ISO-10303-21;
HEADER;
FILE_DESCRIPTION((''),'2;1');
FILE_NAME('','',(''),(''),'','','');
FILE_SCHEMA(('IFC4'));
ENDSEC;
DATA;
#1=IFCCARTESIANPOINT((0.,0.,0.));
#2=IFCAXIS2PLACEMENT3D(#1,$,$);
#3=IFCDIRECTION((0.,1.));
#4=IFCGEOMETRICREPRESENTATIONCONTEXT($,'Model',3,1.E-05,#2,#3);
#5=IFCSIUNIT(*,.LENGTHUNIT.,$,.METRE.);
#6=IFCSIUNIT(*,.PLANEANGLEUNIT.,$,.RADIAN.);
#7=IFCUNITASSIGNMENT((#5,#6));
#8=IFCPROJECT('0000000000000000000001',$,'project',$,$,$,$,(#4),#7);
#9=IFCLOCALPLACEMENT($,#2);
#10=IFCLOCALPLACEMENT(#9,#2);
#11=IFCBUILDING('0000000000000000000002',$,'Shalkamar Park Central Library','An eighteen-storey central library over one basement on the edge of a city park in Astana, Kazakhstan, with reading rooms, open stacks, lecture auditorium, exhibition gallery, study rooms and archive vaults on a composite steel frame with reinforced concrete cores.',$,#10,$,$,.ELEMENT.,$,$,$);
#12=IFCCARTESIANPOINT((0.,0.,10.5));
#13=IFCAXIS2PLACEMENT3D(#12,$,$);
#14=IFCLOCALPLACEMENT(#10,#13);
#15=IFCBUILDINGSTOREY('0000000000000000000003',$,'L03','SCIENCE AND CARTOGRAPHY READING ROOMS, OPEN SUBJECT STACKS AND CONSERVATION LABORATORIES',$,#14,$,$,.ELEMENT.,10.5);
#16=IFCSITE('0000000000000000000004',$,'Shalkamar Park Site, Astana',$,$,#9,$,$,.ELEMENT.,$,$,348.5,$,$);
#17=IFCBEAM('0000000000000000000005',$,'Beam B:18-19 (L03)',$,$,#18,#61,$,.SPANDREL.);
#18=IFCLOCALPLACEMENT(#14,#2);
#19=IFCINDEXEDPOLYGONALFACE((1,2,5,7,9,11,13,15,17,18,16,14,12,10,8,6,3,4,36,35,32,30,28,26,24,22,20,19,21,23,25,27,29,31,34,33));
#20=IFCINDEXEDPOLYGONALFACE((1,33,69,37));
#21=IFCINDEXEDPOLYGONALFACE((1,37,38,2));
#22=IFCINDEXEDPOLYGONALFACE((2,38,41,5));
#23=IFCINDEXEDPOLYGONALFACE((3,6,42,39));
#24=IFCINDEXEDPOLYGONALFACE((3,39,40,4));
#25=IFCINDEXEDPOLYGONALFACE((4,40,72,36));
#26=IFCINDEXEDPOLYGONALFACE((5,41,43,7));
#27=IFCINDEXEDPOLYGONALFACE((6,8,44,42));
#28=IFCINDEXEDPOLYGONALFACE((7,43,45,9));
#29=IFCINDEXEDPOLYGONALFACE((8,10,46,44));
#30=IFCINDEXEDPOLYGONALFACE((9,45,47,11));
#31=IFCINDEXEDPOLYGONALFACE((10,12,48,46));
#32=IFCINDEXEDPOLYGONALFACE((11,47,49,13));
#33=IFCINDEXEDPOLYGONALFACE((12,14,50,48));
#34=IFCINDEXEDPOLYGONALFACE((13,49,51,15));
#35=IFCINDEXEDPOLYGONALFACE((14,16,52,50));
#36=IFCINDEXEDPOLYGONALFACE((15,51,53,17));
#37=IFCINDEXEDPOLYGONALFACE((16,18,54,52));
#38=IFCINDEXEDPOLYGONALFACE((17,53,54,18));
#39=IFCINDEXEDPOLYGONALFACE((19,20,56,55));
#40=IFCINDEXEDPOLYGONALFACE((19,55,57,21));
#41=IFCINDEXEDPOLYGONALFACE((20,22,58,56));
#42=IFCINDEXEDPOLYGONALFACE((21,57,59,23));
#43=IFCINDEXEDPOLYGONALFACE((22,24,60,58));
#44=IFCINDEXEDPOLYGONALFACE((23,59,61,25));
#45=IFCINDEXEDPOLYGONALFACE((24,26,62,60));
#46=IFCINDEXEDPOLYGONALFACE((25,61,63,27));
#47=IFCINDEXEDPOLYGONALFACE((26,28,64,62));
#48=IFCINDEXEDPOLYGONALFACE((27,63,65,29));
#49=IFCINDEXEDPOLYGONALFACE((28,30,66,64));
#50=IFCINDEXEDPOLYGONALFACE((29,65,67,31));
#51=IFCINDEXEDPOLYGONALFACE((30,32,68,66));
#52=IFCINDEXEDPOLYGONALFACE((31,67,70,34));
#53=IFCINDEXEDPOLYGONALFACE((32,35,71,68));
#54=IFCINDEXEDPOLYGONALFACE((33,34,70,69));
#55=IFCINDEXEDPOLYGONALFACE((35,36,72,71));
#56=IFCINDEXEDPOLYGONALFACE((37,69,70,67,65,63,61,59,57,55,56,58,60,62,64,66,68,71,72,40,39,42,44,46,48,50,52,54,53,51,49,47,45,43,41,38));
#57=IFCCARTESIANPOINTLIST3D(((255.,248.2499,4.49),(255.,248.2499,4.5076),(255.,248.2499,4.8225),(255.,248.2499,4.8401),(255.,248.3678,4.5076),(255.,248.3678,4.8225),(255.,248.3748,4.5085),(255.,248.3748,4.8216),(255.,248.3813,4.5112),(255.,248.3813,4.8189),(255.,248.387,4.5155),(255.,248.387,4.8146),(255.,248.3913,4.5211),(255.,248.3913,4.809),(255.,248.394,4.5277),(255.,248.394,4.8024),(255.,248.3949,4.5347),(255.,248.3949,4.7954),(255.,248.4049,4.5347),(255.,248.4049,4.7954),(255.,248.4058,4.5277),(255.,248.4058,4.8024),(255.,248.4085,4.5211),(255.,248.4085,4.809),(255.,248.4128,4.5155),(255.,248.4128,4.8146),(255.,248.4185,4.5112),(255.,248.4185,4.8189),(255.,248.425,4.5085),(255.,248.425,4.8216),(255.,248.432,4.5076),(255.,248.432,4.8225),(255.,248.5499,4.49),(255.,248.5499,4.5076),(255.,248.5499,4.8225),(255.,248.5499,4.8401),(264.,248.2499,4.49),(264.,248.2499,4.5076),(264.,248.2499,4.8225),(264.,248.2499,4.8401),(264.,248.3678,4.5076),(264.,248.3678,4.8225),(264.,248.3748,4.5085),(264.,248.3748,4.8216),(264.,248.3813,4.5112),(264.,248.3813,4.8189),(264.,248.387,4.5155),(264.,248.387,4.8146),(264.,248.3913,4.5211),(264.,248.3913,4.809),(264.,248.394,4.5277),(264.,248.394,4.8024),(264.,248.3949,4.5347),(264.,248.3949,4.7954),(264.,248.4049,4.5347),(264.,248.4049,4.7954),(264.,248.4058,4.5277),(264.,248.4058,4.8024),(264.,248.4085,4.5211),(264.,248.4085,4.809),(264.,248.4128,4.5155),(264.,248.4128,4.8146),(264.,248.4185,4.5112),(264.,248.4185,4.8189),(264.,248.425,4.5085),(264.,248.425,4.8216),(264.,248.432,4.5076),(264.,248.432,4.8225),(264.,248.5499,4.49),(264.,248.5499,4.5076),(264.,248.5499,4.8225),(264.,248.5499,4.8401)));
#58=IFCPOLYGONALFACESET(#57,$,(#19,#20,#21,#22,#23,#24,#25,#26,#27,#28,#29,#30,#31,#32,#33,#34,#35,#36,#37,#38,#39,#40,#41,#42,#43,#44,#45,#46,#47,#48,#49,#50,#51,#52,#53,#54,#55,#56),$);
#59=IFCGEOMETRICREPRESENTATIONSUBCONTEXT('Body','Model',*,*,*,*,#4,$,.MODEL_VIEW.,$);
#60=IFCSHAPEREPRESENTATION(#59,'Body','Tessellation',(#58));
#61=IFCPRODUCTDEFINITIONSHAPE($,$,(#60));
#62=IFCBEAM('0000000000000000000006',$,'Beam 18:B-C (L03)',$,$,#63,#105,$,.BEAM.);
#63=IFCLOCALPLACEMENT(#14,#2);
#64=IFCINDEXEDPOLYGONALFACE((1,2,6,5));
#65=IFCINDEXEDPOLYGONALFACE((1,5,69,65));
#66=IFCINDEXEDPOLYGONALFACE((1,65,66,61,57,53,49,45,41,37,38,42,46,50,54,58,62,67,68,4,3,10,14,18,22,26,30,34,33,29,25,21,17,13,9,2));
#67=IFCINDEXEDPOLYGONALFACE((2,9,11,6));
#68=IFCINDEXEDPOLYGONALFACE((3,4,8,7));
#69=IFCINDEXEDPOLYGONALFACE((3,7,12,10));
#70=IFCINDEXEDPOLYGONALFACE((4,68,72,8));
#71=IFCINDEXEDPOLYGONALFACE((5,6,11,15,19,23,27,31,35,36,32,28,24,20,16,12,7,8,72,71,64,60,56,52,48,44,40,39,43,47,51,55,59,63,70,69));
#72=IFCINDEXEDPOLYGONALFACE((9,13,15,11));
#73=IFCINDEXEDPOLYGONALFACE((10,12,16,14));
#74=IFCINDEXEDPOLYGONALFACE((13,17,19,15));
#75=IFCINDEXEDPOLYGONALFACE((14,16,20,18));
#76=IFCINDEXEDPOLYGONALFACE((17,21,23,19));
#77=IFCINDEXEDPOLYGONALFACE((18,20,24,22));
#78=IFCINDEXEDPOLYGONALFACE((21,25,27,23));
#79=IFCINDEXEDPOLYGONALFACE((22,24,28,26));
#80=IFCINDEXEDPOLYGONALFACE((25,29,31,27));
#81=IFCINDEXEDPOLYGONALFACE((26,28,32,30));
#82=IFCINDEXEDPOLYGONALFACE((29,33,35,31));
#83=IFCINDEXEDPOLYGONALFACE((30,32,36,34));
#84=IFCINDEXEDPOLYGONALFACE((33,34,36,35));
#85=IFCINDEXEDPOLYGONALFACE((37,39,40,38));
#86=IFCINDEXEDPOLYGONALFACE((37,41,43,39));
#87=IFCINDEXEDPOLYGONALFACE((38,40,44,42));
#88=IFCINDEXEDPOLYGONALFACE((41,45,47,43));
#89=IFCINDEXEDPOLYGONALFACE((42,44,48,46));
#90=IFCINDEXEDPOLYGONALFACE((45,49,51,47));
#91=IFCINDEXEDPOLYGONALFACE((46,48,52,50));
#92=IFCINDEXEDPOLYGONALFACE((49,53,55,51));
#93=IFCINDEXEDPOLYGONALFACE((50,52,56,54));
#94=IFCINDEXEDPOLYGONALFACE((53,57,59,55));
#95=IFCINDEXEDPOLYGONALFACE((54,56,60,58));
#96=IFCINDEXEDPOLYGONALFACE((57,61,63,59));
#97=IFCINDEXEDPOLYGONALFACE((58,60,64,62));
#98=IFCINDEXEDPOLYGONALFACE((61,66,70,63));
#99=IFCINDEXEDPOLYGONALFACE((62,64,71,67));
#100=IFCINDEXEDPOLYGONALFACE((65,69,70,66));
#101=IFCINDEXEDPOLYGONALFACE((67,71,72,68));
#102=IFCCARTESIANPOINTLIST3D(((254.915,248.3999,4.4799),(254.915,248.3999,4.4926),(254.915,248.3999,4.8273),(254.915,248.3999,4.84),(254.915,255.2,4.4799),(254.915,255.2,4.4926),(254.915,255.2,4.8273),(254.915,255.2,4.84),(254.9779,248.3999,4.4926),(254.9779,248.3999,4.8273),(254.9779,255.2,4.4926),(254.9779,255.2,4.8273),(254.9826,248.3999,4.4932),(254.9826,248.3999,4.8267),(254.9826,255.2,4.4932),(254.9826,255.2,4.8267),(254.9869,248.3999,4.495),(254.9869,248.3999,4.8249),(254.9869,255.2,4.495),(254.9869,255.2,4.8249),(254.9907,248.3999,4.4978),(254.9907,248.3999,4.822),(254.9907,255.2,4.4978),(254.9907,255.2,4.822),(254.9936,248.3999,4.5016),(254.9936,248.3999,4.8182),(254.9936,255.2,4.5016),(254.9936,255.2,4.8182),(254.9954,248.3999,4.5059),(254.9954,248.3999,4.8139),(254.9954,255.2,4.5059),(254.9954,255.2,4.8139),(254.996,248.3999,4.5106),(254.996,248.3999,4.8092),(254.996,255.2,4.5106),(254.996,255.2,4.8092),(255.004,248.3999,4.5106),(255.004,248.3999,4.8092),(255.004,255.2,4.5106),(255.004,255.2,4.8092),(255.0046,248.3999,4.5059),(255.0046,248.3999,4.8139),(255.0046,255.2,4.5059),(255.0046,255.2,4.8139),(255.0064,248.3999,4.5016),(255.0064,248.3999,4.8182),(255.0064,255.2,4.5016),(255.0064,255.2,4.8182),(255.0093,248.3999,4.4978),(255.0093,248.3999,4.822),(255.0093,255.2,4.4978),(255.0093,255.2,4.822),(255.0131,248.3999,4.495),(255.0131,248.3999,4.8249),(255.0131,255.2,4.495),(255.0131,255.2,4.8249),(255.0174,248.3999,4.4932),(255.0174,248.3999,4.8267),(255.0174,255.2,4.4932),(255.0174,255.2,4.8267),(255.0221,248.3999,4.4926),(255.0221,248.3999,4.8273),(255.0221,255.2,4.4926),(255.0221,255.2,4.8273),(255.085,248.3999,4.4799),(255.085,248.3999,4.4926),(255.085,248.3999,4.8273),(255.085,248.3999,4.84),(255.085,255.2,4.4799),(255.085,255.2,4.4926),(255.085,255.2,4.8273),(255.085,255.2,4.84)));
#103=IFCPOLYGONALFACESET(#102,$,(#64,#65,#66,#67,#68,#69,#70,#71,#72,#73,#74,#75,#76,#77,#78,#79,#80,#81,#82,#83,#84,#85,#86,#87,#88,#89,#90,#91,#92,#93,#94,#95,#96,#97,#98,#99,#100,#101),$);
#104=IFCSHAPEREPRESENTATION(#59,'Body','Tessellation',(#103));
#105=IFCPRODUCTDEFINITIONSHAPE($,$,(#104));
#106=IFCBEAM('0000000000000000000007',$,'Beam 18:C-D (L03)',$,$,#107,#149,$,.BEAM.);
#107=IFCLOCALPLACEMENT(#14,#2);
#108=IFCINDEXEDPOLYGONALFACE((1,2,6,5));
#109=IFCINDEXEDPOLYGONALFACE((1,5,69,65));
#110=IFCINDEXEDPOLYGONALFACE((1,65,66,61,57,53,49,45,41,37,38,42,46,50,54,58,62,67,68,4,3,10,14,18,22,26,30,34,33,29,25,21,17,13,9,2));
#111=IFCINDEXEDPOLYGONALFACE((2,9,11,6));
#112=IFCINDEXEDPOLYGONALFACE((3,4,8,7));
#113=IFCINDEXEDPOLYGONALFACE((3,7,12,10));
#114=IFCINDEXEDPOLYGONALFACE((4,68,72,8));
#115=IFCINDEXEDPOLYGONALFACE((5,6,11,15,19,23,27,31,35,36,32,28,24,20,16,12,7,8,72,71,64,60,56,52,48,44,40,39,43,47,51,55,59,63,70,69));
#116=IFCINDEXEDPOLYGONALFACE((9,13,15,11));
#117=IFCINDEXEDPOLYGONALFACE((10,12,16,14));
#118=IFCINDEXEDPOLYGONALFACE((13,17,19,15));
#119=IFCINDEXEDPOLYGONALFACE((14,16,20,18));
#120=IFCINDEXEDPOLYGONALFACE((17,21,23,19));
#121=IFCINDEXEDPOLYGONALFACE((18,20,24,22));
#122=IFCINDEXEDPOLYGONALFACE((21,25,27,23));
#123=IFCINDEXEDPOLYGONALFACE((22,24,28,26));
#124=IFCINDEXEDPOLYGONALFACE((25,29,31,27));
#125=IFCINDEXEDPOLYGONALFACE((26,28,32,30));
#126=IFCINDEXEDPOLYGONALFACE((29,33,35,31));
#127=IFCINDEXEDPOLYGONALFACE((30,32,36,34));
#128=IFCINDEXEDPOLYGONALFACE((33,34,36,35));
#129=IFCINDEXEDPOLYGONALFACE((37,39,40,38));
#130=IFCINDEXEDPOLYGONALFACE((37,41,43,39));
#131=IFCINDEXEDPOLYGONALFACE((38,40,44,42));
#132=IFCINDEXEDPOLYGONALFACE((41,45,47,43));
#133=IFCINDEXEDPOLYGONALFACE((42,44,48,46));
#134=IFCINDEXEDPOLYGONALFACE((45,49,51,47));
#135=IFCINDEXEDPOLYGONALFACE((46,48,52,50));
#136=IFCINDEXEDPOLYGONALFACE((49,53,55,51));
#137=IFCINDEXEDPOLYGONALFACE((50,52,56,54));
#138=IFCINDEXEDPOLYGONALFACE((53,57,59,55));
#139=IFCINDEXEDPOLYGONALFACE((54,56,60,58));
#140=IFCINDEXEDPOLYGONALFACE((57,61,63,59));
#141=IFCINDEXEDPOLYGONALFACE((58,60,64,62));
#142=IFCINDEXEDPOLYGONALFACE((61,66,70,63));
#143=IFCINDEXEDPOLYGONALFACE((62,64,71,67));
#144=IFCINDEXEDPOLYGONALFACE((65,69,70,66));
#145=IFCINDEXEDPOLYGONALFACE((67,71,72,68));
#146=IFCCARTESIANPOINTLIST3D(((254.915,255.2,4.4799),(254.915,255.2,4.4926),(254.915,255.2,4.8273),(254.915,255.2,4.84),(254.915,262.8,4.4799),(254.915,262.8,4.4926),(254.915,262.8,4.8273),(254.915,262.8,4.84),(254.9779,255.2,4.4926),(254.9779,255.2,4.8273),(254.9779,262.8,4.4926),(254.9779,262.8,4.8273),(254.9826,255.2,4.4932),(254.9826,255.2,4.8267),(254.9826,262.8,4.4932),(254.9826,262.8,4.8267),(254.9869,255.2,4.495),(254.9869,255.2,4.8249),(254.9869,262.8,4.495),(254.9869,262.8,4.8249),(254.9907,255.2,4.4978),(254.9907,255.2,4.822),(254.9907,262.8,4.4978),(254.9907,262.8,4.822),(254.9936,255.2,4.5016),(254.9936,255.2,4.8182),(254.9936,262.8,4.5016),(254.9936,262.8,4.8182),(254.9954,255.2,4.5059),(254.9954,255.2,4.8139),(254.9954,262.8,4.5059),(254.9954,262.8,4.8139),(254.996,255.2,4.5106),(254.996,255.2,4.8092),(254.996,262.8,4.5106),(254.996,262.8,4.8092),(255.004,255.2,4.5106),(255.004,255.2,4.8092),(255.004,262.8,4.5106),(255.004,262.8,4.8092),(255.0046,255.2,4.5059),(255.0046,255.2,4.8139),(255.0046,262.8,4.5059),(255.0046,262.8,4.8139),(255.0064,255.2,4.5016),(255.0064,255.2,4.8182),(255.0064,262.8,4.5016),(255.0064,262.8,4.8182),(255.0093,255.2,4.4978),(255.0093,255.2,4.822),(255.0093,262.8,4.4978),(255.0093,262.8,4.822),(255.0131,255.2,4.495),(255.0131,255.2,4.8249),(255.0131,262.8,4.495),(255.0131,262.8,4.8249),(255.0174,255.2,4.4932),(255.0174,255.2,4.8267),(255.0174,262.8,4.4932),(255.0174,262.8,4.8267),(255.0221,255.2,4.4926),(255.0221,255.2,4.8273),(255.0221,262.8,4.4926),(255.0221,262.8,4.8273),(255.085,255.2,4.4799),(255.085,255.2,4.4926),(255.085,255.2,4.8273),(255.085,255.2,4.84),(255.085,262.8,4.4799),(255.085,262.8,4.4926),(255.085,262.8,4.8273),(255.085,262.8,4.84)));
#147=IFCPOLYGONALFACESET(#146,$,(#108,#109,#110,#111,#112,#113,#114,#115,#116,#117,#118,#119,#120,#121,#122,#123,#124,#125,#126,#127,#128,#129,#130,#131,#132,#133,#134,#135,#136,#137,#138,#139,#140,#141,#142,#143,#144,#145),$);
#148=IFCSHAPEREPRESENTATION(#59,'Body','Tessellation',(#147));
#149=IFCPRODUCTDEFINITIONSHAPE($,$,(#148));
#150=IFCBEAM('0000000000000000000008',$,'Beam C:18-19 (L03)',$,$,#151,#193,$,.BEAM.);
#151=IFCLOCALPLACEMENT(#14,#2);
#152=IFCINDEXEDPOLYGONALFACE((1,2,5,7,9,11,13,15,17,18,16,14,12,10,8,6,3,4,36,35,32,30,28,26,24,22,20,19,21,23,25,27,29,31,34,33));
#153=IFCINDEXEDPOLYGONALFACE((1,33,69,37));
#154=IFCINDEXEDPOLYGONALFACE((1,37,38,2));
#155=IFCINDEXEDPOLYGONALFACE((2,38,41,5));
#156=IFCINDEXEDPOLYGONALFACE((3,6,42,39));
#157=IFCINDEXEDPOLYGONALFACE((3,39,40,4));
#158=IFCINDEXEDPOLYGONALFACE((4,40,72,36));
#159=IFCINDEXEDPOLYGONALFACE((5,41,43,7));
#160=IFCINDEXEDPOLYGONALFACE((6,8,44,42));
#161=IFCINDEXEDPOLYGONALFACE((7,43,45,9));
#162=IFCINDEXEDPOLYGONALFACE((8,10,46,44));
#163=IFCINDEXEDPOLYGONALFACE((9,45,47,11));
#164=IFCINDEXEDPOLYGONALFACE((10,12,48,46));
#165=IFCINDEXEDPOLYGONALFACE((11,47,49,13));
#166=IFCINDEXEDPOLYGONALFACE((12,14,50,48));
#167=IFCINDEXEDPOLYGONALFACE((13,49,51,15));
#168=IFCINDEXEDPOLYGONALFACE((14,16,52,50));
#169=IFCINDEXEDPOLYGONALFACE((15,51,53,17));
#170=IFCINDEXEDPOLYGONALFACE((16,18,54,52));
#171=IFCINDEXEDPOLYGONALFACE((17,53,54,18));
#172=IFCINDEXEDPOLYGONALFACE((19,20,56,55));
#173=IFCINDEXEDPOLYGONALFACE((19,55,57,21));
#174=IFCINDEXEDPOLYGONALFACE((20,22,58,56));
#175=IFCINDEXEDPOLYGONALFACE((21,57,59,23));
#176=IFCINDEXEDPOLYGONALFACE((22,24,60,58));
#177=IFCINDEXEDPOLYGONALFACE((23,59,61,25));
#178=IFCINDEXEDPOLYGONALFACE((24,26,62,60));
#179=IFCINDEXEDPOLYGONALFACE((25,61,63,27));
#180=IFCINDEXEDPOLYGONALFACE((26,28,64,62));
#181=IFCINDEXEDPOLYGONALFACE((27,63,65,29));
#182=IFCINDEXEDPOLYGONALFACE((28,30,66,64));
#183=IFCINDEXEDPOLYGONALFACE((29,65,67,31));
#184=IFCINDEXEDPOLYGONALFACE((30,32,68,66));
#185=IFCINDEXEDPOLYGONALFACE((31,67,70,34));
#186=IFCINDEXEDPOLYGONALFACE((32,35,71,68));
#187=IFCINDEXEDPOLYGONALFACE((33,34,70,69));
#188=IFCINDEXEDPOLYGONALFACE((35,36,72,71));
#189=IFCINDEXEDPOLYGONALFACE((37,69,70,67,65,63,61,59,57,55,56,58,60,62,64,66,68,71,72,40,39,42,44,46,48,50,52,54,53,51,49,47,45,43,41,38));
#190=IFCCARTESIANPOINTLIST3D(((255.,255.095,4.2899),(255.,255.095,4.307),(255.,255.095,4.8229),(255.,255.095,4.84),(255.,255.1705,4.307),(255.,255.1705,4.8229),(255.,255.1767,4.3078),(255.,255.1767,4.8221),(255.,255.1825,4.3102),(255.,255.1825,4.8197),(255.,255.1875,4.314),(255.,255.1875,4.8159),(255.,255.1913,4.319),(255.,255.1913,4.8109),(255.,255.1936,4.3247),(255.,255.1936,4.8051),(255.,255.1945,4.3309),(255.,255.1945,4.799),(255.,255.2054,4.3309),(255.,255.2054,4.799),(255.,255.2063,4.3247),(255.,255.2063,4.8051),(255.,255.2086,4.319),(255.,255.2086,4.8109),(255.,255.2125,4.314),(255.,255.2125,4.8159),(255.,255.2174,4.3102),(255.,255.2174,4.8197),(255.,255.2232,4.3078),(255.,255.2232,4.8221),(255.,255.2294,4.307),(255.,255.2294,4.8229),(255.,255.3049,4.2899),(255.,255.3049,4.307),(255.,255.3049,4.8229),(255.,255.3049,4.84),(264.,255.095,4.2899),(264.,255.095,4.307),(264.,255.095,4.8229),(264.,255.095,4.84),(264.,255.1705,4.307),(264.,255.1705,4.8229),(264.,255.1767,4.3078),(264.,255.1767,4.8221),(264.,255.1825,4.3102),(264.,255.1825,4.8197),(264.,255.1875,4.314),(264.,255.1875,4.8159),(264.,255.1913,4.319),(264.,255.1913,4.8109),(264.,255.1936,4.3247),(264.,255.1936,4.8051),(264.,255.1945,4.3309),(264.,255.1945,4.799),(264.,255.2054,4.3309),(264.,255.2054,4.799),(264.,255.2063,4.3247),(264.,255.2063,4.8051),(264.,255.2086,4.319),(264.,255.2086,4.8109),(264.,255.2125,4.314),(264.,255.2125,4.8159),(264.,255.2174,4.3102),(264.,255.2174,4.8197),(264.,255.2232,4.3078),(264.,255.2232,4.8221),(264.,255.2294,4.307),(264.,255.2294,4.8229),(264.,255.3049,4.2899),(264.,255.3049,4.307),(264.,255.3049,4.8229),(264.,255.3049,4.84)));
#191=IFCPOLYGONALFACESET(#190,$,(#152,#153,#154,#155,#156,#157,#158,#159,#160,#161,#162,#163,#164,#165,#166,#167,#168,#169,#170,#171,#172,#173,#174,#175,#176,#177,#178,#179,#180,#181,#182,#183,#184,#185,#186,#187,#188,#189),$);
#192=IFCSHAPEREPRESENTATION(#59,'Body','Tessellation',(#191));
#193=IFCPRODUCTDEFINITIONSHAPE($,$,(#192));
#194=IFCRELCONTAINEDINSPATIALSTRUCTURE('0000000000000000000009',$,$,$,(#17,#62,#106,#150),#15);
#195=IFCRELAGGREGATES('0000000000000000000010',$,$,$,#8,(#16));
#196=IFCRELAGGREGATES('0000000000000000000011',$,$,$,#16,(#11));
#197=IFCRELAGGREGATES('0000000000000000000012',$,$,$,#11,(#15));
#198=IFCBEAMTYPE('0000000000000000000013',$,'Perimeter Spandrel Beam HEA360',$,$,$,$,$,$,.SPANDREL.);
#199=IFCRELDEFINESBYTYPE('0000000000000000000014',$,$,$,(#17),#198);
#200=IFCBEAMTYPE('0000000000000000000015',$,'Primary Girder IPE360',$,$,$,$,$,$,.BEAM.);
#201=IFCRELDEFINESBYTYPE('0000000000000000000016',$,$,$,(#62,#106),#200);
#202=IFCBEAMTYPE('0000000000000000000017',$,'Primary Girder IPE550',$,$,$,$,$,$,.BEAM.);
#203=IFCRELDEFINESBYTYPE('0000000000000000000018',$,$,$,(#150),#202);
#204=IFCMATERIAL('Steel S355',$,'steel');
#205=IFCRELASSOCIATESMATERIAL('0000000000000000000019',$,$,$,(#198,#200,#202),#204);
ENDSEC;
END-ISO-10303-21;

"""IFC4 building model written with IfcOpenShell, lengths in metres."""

from ifc_helpers import new_model, si_unit, direction, frame, origin, origin_2d, place, context, subcontext, project, spatial, i_section, extrude, material, material_profile, profile_set, type_object, element, save


model = new_model("IFC4")

# Units and contexts
model_context = context("Model", 3, precision=1e-05, world=origin(), true_north=direction((0.0, 1.0)))
body_context = subcontext(model_context, "Body", "Model", "MODEL_VIEW")
ifc_project = project(units=[si_unit("LENGTHUNIT", "METRE"), si_unit("PLANEANGLEUNIT", "RADIAN")], contexts=[model_context])

# Site, building, storey
site_placement = place(None, origin())
site = spatial("IfcSite", under=ifc_project, at=site_placement, Name="Shalkamar Park Site, Astana", CompositionType="ELEMENT", RefElevation=348.5)
building_placement = place(site_placement, origin())
building = spatial("IfcBuilding", under=site, at=building_placement, Name="Shalkamar Park Central Library", Description="An eighteen-storey central library over one basement on the edge of a city park in Astana, Kazakhstan, with reading rooms, open stacks, lecture auditorium, exhibition gallery, study rooms and archive vaults on a composite steel frame with reinforced concrete cores.", CompositionType="ELEMENT")
storey_placement = place(building_placement, frame((0.0, 0.0, 10.5)))
storey = spatial("IfcBuildingStorey", under=building, at=storey_placement, Name="L03", Description="SCIENCE AND CARTOGRAPHY READING ROOMS, OPEN SUBJECT STACKS AND CONSERVATION LABORATORIES", CompositionType="ELEMENT", Elevation=10.5)

# Shared definitions
ifc_material_1 = material(Name="Steel S355", Category="steel")

# Beams
ifc_material_profile_1 = material_profile(ifc_material_1, i_section(OverallWidth=0.3, OverallDepth=0.3501, WebThickness=0.01, FlangeThickness=0.0176, FilletRadius=0.0271, at=origin_2d()), Name="HEA 360")
ifc_profile_set_1 = profile_set([ifc_material_profile_1], Name="Steel S355")
beam_type_1 = type_object("IfcBeamType", Name="Perimeter Spandrel Beam HEA360", PredefinedType="SPANDREL", material=ifc_profile_set_1)
beam_1_placement = place(storey_placement, frame((255.0, 248.3999, 4.665), z_axis=(1.0, 0.0, 0.0), x_axis=(0.0, 1.0, 0.0)))
element("IfcBeam", 1, at=beam_1_placement, inside=storey, type_object=beam_type_1, Name="Beam B:18-19 (L03)", PredefinedType="SPANDREL", context=body_context, shape_type="SweptSolid", body=[
    extrude(i_section(OverallWidth=0.3, OverallDepth=0.3501, WebThickness=0.01, FlangeThickness=0.0176, FilletRadius=0.0271, at=origin_2d()), origin(), (0.0, 0.0, 1.0), 9.0),
])
ifc_material_profile_2 = material_profile(ifc_material_1, i_section(OverallWidth=0.1699, OverallDepth=0.3601, WebThickness=0.0081, FlangeThickness=0.0127, FilletRadius=0.0181, at=origin_2d()), Name="IPE 360")
ifc_profile_set_2 = profile_set([ifc_material_profile_2], Name="Steel S355")
beam_type_2 = type_object("IfcBeamType", Name="Primary Girder IPE360", PredefinedType="BEAM", material=ifc_profile_set_2)
beam_2_placement = place(storey_placement, frame((255.0, 248.3999, 4.6599), z_axis=(0.0, 1.0, 0.0), x_axis=(-1.0, 0.0, 0.0)))
element("IfcBeam", 2, at=beam_2_placement, inside=storey, type_object=beam_type_2, Name="Beam 18:B-C (L03)", PredefinedType="BEAM", context=body_context, shape_type="SweptSolid", body=[
    extrude(i_section(OverallWidth=0.1699, OverallDepth=0.3601, WebThickness=0.0081, FlangeThickness=0.0127, FilletRadius=0.0181, at=origin_2d()), origin(), (0.0, 0.0, 1.0), 6.8),
])
beam_3_placement = place(storey_placement, frame((255.0, 255.2, 4.6599), z_axis=(0.0, 1.0, 0.0), x_axis=(-1.0, 0.0, 0.0)))
element("IfcBeam", 3, at=beam_3_placement, inside=storey, type_object=beam_type_2, Name="Beam 18:C-D (L03)", PredefinedType="BEAM", context=body_context, shape_type="SweptSolid", body=[
    extrude(i_section(OverallWidth=0.1699, OverallDepth=0.3601, WebThickness=0.0081, FlangeThickness=0.0127, FilletRadius=0.0181, at=origin_2d()), origin(), (0.0, 0.0, 1.0), 7.6001),
])
ifc_material_profile_3 = material_profile(ifc_material_1, i_section(OverallWidth=0.21, OverallDepth=0.55, WebThickness=0.011, FlangeThickness=0.0171, FilletRadius=0.0239, at=origin_2d()), Name="IPE 550")
ifc_profile_set_3 = profile_set([ifc_material_profile_3], Name="Steel S355")
beam_type_3 = type_object("IfcBeamType", Name="Primary Girder IPE550", PredefinedType="BEAM", material=ifc_profile_set_3)
for number, where, z_axis, x_axis, name in (
    (4, (255.0, 255.2, 4.5649), (1.0, 0.0, 0.0), (0.0, 1.0, 0.0), "Beam C:18-19 (L03)"),
):
    element("IfcBeam", number, at=place(storey_placement, frame(where, z_axis=z_axis, x_axis=x_axis)), inside=storey, type_object=beam_type_3, Name=name, PredefinedType="BEAM", context=body_context, shape_type="SweptSolid", body=[
        extrude(i_section(OverallWidth=0.21, OverallDepth=0.55, WebThickness=0.011, FlangeThickness=0.0171, FilletRadius=0.0239, at=origin_2d()), origin(), (0.0, 0.0, 1.0), 9.0),
    ])

save(model, "model.ifc")
